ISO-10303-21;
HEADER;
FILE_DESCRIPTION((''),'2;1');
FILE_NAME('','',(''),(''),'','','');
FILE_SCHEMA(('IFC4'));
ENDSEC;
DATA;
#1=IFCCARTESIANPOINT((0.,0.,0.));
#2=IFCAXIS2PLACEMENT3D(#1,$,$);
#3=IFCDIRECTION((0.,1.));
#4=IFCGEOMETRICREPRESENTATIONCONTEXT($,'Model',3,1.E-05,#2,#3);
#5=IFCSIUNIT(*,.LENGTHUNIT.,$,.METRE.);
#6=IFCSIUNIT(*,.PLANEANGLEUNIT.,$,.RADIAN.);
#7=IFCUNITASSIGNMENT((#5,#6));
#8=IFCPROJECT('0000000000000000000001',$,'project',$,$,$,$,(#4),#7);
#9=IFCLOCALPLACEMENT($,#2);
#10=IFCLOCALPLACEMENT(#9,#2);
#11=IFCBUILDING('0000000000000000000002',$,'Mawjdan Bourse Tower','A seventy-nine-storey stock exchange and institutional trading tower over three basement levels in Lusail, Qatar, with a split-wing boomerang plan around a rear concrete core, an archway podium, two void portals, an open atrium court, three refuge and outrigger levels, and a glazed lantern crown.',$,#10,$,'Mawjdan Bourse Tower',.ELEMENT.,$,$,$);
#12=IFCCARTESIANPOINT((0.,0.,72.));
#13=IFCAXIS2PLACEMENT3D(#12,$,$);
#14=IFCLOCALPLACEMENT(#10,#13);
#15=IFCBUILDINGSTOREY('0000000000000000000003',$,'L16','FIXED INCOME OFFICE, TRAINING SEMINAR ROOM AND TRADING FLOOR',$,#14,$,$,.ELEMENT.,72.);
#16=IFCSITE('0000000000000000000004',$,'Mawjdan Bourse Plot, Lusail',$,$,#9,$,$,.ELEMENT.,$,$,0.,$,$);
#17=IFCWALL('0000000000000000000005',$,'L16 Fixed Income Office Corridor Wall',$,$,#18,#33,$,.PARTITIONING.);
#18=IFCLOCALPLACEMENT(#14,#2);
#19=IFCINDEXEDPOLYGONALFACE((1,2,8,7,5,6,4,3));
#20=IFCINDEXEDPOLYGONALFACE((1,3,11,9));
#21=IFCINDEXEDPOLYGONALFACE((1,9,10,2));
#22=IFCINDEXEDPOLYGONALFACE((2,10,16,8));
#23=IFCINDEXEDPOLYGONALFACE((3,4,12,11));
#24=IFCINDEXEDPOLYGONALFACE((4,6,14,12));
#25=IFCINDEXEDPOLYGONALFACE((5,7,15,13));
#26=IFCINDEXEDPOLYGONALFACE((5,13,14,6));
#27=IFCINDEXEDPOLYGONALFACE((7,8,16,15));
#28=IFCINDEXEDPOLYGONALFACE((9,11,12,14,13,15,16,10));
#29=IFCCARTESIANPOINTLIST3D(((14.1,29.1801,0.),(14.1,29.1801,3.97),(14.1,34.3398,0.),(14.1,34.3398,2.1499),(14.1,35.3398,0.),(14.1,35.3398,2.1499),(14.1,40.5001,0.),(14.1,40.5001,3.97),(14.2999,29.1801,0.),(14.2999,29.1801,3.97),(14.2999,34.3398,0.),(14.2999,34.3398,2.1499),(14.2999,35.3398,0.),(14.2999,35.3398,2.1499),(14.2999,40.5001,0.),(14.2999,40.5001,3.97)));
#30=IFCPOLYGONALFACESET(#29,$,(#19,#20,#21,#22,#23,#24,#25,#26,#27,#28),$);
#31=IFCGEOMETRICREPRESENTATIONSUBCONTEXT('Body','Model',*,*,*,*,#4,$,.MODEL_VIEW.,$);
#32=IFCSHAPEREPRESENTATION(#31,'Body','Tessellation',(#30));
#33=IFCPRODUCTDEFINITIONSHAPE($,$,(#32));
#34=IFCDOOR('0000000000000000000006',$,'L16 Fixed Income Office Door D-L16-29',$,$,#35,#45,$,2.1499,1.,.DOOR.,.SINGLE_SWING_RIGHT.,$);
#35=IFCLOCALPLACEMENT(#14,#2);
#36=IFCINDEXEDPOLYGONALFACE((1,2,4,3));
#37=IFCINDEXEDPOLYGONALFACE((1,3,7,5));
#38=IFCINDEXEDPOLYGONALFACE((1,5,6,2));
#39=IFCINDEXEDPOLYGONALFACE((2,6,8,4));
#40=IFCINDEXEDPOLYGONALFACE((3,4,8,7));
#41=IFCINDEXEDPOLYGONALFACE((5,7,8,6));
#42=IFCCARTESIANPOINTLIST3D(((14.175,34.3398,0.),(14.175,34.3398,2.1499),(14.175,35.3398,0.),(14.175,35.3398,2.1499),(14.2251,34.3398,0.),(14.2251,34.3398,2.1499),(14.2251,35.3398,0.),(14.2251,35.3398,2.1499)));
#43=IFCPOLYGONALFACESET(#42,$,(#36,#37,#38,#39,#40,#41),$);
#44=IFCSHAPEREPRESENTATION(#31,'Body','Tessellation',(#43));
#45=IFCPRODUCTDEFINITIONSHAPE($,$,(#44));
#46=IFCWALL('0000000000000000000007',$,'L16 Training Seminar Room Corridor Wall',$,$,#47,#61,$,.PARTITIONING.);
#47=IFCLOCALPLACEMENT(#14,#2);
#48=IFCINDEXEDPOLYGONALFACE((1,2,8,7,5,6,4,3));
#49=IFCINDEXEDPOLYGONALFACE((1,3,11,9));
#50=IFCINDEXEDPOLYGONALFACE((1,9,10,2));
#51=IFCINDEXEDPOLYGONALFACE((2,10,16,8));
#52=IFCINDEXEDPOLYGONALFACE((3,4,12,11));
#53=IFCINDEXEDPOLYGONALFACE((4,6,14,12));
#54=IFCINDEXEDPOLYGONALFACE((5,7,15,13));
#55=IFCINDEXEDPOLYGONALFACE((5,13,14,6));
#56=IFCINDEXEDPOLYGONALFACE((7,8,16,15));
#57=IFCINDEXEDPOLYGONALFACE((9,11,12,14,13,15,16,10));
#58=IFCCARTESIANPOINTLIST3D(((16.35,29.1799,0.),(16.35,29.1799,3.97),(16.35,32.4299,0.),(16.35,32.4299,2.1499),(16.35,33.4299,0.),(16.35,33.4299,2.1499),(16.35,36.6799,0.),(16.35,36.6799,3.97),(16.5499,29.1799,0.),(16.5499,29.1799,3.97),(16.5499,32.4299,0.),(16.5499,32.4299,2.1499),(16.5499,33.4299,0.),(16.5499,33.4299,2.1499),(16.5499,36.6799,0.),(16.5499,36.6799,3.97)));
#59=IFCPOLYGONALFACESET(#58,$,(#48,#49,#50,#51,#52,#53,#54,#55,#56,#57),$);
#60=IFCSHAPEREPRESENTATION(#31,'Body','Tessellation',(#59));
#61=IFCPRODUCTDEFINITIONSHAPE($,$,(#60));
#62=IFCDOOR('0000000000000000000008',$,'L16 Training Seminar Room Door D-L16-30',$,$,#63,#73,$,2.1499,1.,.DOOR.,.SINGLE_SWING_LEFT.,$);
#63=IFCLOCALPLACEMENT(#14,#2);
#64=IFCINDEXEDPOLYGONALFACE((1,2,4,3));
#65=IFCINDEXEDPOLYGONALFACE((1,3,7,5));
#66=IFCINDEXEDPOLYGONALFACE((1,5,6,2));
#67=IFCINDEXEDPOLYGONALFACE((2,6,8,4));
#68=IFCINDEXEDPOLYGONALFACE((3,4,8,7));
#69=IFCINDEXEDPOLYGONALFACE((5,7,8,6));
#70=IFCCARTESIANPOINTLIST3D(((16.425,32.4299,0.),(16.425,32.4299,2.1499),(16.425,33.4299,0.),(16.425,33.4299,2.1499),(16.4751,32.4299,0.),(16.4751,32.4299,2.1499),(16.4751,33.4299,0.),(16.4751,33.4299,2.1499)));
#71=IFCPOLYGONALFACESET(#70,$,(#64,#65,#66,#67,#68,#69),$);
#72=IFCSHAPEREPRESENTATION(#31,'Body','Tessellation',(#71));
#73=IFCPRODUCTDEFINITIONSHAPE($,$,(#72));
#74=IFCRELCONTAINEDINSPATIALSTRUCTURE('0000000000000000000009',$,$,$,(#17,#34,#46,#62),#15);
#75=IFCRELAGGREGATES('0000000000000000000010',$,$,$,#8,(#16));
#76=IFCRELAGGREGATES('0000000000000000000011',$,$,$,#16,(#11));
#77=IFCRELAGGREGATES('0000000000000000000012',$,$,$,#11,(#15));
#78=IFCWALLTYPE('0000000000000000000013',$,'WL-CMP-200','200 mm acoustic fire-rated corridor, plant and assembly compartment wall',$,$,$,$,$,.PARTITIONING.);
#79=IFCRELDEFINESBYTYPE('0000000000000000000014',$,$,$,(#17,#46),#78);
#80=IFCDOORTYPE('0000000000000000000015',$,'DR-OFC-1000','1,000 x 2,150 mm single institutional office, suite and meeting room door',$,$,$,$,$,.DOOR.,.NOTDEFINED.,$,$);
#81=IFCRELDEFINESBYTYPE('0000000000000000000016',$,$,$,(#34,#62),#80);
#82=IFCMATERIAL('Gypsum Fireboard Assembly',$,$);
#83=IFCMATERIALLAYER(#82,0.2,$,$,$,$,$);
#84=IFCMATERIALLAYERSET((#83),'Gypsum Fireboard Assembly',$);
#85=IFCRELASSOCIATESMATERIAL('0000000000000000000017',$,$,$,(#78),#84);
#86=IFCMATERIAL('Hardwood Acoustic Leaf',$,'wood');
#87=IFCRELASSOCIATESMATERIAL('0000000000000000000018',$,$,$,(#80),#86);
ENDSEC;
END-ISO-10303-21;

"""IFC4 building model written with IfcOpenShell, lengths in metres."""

from ifc_helpers import new_model, si_unit, direction, frame, frame_2d, origin, place, context, subcontext, project, spatial, rectangle, extrude, material, layer, layer_set, type_object, element, fill, save


model = new_model("IFC4")

# Units and contexts
model_context = context("Model", 3, precision=1e-05, world=origin(), true_north=direction((0.0, 1.0)))
body_context = subcontext(model_context, "Body", "Model", "MODEL_VIEW")
ifc_project = project(units=[si_unit("LENGTHUNIT", "METRE"), si_unit("PLANEANGLEUNIT", "RADIAN")], contexts=[model_context])

# Site, building, storey
site_placement = place(None, origin())
site = spatial("IfcSite", under=ifc_project, at=site_placement, Name="Mawjdan Bourse Plot, Lusail", CompositionType="ELEMENT", RefElevation=0.0)
building_placement = place(site_placement, origin())
building = spatial("IfcBuilding", under=site, at=building_placement, Name="Mawjdan Bourse Tower", Description="A seventy-nine-storey stock exchange and institutional trading tower over three basement levels in Lusail, Qatar, with a split-wing boomerang plan around a rear concrete core, an archway podium, two void portals, an open atrium court, three refuge and outrigger levels, and a glazed lantern crown.", LongName="Mawjdan Bourse Tower", CompositionType="ELEMENT")
storey_placement = place(building_placement, frame((0.0, 0.0, 72.0)))
storey = spatial("IfcBuildingStorey", under=building, at=storey_placement, Name="L16", Description="FIXED INCOME OFFICE, TRAINING SEMINAR ROOM AND TRADING FLOOR", CompositionType="ELEMENT", Elevation=72.0)

# Shared definitions
ifc_material_1 = material(Name="Gypsum Fireboard Assembly")
ifc_layer = layer(ifc_material_1, 0.2)
ifc_layer_set = layer_set([ifc_layer], Name="Gypsum Fireboard Assembly")
wall_type = type_object("IfcWallType", Name="WL-CMP-200", Description="200 mm acoustic fire-rated corridor, plant and assembly compartment wall", PredefinedType="PARTITIONING", material=ifc_layer_set)
ifc_material_2 = material(Name="Hardwood Acoustic Leaf", Category="wood")
door_type = type_object("IfcDoorType", Name="DR-OFC-1000", Description="1,000 x 2,150 mm single institutional office, suite and meeting room door", OperationType="NOTDEFINED", PredefinedType="DOOR", material=ifc_material_2)

# Walls, openings, doors
wall_1_placement = place(storey_placement, frame((14.2, 29.1799, 0.0), z_axis=(0.0, 0.0, 1.0), x_axis=(0.0, 1.0, 0.0)))
wall_1 = element("IfcWall", 1, at=wall_1_placement, inside=storey, type_object=wall_type, Name="L16 Fixed Income Office Corridor Wall", PredefinedType="PARTITIONING", context=body_context, shape_type="SweptSolid", body=[
    extrude(rectangle(XDim=11.3201, YDim=0.2, at=frame_2d((5.6602, 0.0))), origin(), (0.0, 0.0, 1.0), 3.97),
])
opening_1_placement = place(wall_1_placement, frame((5.1599, 0.0, 0.0)))
opening_1 = element("IfcOpeningElement", 2, at=opening_1_placement, cuts=wall_1, PredefinedType="OPENING", context=body_context, shape_type="SweptSolid", body=[
    extrude(rectangle(XDim=1.0, YDim=2.1499, at=frame_2d((0.5, 1.075))), frame((0.0, 0.1099, 0.0), z_axis=(0.0, -1.0, 0.0), x_axis=(1.0, 0.0, 0.0)), (0.0, 0.0, 1.0), 0.22),
])
door_1_placement = place(opening_1_placement, origin())
door_1 = element("IfcDoor", 3, at=door_1_placement, inside=storey, type_object=door_type, Name="L16 Fixed Income Office Door D-L16-29", OperationType="SINGLE_SWING_RIGHT", OverallHeight=2.1499, OverallWidth=1.0, PredefinedType="DOOR", context=body_context, shape_type="SweptSolid", body=[
    extrude(rectangle(XDim=1.0, YDim=2.1499, at=frame_2d((0.5, 1.075))), frame((0.0, 0.0249, 0.0), z_axis=(0.0, -1.0, 0.0), x_axis=(1.0, 0.0, 0.0)), (0.0, 0.0, 1.0), 0.05),
])
fill(opening_1, door_1)
wall_2_placement = place(storey_placement, frame((16.45, 29.1799, 0.0), z_axis=(0.0, 0.0, 1.0), x_axis=(0.0, 1.0, 0.0)))
wall_2 = element("IfcWall", 4, at=wall_2_placement, inside=storey, type_object=wall_type, Name="L16 Training Seminar Room Corridor Wall", PredefinedType="PARTITIONING", context=body_context, shape_type="SweptSolid", body=[
    extrude(rectangle(XDim=7.5, YDim=0.2, at=frame_2d((3.75, 0.0))), origin(), (0.0, 0.0, 1.0), 3.97),
])
opening_2_placement = place(wall_2_placement, frame((3.25, 0.0, 0.0)))
opening_2 = element("IfcOpeningElement", 5, at=opening_2_placement, cuts=wall_2, PredefinedType="OPENING", context=body_context, shape_type="SweptSolid", body=[
    extrude(rectangle(XDim=1.0, YDim=2.1499, at=frame_2d((0.5, 1.075))), frame((0.0, 0.1099, 0.0), z_axis=(0.0, -1.0, 0.0), x_axis=(1.0, 0.0, 0.0)), (0.0, 0.0, 1.0), 0.22),
])
door_2_placement = place(opening_2_placement, origin())
door_2 = element("IfcDoor", 6, at=door_2_placement, inside=storey, type_object=door_type, Name="L16 Training Seminar Room Door D-L16-30", OperationType="SINGLE_SWING_LEFT", OverallHeight=2.1499, OverallWidth=1.0, PredefinedType="DOOR", context=body_context, shape_type="SweptSolid", body=[
    extrude(rectangle(XDim=1.0, YDim=2.1499, at=frame_2d((0.5, 1.075))), frame((0.0, 0.0249, 0.0), z_axis=(0.0, -1.0, 0.0), x_axis=(1.0, 0.0, 0.0)), (0.0, 0.0, 1.0), 0.05),
])
fill(opening_2, door_2)

save(model, "model.ifc")
